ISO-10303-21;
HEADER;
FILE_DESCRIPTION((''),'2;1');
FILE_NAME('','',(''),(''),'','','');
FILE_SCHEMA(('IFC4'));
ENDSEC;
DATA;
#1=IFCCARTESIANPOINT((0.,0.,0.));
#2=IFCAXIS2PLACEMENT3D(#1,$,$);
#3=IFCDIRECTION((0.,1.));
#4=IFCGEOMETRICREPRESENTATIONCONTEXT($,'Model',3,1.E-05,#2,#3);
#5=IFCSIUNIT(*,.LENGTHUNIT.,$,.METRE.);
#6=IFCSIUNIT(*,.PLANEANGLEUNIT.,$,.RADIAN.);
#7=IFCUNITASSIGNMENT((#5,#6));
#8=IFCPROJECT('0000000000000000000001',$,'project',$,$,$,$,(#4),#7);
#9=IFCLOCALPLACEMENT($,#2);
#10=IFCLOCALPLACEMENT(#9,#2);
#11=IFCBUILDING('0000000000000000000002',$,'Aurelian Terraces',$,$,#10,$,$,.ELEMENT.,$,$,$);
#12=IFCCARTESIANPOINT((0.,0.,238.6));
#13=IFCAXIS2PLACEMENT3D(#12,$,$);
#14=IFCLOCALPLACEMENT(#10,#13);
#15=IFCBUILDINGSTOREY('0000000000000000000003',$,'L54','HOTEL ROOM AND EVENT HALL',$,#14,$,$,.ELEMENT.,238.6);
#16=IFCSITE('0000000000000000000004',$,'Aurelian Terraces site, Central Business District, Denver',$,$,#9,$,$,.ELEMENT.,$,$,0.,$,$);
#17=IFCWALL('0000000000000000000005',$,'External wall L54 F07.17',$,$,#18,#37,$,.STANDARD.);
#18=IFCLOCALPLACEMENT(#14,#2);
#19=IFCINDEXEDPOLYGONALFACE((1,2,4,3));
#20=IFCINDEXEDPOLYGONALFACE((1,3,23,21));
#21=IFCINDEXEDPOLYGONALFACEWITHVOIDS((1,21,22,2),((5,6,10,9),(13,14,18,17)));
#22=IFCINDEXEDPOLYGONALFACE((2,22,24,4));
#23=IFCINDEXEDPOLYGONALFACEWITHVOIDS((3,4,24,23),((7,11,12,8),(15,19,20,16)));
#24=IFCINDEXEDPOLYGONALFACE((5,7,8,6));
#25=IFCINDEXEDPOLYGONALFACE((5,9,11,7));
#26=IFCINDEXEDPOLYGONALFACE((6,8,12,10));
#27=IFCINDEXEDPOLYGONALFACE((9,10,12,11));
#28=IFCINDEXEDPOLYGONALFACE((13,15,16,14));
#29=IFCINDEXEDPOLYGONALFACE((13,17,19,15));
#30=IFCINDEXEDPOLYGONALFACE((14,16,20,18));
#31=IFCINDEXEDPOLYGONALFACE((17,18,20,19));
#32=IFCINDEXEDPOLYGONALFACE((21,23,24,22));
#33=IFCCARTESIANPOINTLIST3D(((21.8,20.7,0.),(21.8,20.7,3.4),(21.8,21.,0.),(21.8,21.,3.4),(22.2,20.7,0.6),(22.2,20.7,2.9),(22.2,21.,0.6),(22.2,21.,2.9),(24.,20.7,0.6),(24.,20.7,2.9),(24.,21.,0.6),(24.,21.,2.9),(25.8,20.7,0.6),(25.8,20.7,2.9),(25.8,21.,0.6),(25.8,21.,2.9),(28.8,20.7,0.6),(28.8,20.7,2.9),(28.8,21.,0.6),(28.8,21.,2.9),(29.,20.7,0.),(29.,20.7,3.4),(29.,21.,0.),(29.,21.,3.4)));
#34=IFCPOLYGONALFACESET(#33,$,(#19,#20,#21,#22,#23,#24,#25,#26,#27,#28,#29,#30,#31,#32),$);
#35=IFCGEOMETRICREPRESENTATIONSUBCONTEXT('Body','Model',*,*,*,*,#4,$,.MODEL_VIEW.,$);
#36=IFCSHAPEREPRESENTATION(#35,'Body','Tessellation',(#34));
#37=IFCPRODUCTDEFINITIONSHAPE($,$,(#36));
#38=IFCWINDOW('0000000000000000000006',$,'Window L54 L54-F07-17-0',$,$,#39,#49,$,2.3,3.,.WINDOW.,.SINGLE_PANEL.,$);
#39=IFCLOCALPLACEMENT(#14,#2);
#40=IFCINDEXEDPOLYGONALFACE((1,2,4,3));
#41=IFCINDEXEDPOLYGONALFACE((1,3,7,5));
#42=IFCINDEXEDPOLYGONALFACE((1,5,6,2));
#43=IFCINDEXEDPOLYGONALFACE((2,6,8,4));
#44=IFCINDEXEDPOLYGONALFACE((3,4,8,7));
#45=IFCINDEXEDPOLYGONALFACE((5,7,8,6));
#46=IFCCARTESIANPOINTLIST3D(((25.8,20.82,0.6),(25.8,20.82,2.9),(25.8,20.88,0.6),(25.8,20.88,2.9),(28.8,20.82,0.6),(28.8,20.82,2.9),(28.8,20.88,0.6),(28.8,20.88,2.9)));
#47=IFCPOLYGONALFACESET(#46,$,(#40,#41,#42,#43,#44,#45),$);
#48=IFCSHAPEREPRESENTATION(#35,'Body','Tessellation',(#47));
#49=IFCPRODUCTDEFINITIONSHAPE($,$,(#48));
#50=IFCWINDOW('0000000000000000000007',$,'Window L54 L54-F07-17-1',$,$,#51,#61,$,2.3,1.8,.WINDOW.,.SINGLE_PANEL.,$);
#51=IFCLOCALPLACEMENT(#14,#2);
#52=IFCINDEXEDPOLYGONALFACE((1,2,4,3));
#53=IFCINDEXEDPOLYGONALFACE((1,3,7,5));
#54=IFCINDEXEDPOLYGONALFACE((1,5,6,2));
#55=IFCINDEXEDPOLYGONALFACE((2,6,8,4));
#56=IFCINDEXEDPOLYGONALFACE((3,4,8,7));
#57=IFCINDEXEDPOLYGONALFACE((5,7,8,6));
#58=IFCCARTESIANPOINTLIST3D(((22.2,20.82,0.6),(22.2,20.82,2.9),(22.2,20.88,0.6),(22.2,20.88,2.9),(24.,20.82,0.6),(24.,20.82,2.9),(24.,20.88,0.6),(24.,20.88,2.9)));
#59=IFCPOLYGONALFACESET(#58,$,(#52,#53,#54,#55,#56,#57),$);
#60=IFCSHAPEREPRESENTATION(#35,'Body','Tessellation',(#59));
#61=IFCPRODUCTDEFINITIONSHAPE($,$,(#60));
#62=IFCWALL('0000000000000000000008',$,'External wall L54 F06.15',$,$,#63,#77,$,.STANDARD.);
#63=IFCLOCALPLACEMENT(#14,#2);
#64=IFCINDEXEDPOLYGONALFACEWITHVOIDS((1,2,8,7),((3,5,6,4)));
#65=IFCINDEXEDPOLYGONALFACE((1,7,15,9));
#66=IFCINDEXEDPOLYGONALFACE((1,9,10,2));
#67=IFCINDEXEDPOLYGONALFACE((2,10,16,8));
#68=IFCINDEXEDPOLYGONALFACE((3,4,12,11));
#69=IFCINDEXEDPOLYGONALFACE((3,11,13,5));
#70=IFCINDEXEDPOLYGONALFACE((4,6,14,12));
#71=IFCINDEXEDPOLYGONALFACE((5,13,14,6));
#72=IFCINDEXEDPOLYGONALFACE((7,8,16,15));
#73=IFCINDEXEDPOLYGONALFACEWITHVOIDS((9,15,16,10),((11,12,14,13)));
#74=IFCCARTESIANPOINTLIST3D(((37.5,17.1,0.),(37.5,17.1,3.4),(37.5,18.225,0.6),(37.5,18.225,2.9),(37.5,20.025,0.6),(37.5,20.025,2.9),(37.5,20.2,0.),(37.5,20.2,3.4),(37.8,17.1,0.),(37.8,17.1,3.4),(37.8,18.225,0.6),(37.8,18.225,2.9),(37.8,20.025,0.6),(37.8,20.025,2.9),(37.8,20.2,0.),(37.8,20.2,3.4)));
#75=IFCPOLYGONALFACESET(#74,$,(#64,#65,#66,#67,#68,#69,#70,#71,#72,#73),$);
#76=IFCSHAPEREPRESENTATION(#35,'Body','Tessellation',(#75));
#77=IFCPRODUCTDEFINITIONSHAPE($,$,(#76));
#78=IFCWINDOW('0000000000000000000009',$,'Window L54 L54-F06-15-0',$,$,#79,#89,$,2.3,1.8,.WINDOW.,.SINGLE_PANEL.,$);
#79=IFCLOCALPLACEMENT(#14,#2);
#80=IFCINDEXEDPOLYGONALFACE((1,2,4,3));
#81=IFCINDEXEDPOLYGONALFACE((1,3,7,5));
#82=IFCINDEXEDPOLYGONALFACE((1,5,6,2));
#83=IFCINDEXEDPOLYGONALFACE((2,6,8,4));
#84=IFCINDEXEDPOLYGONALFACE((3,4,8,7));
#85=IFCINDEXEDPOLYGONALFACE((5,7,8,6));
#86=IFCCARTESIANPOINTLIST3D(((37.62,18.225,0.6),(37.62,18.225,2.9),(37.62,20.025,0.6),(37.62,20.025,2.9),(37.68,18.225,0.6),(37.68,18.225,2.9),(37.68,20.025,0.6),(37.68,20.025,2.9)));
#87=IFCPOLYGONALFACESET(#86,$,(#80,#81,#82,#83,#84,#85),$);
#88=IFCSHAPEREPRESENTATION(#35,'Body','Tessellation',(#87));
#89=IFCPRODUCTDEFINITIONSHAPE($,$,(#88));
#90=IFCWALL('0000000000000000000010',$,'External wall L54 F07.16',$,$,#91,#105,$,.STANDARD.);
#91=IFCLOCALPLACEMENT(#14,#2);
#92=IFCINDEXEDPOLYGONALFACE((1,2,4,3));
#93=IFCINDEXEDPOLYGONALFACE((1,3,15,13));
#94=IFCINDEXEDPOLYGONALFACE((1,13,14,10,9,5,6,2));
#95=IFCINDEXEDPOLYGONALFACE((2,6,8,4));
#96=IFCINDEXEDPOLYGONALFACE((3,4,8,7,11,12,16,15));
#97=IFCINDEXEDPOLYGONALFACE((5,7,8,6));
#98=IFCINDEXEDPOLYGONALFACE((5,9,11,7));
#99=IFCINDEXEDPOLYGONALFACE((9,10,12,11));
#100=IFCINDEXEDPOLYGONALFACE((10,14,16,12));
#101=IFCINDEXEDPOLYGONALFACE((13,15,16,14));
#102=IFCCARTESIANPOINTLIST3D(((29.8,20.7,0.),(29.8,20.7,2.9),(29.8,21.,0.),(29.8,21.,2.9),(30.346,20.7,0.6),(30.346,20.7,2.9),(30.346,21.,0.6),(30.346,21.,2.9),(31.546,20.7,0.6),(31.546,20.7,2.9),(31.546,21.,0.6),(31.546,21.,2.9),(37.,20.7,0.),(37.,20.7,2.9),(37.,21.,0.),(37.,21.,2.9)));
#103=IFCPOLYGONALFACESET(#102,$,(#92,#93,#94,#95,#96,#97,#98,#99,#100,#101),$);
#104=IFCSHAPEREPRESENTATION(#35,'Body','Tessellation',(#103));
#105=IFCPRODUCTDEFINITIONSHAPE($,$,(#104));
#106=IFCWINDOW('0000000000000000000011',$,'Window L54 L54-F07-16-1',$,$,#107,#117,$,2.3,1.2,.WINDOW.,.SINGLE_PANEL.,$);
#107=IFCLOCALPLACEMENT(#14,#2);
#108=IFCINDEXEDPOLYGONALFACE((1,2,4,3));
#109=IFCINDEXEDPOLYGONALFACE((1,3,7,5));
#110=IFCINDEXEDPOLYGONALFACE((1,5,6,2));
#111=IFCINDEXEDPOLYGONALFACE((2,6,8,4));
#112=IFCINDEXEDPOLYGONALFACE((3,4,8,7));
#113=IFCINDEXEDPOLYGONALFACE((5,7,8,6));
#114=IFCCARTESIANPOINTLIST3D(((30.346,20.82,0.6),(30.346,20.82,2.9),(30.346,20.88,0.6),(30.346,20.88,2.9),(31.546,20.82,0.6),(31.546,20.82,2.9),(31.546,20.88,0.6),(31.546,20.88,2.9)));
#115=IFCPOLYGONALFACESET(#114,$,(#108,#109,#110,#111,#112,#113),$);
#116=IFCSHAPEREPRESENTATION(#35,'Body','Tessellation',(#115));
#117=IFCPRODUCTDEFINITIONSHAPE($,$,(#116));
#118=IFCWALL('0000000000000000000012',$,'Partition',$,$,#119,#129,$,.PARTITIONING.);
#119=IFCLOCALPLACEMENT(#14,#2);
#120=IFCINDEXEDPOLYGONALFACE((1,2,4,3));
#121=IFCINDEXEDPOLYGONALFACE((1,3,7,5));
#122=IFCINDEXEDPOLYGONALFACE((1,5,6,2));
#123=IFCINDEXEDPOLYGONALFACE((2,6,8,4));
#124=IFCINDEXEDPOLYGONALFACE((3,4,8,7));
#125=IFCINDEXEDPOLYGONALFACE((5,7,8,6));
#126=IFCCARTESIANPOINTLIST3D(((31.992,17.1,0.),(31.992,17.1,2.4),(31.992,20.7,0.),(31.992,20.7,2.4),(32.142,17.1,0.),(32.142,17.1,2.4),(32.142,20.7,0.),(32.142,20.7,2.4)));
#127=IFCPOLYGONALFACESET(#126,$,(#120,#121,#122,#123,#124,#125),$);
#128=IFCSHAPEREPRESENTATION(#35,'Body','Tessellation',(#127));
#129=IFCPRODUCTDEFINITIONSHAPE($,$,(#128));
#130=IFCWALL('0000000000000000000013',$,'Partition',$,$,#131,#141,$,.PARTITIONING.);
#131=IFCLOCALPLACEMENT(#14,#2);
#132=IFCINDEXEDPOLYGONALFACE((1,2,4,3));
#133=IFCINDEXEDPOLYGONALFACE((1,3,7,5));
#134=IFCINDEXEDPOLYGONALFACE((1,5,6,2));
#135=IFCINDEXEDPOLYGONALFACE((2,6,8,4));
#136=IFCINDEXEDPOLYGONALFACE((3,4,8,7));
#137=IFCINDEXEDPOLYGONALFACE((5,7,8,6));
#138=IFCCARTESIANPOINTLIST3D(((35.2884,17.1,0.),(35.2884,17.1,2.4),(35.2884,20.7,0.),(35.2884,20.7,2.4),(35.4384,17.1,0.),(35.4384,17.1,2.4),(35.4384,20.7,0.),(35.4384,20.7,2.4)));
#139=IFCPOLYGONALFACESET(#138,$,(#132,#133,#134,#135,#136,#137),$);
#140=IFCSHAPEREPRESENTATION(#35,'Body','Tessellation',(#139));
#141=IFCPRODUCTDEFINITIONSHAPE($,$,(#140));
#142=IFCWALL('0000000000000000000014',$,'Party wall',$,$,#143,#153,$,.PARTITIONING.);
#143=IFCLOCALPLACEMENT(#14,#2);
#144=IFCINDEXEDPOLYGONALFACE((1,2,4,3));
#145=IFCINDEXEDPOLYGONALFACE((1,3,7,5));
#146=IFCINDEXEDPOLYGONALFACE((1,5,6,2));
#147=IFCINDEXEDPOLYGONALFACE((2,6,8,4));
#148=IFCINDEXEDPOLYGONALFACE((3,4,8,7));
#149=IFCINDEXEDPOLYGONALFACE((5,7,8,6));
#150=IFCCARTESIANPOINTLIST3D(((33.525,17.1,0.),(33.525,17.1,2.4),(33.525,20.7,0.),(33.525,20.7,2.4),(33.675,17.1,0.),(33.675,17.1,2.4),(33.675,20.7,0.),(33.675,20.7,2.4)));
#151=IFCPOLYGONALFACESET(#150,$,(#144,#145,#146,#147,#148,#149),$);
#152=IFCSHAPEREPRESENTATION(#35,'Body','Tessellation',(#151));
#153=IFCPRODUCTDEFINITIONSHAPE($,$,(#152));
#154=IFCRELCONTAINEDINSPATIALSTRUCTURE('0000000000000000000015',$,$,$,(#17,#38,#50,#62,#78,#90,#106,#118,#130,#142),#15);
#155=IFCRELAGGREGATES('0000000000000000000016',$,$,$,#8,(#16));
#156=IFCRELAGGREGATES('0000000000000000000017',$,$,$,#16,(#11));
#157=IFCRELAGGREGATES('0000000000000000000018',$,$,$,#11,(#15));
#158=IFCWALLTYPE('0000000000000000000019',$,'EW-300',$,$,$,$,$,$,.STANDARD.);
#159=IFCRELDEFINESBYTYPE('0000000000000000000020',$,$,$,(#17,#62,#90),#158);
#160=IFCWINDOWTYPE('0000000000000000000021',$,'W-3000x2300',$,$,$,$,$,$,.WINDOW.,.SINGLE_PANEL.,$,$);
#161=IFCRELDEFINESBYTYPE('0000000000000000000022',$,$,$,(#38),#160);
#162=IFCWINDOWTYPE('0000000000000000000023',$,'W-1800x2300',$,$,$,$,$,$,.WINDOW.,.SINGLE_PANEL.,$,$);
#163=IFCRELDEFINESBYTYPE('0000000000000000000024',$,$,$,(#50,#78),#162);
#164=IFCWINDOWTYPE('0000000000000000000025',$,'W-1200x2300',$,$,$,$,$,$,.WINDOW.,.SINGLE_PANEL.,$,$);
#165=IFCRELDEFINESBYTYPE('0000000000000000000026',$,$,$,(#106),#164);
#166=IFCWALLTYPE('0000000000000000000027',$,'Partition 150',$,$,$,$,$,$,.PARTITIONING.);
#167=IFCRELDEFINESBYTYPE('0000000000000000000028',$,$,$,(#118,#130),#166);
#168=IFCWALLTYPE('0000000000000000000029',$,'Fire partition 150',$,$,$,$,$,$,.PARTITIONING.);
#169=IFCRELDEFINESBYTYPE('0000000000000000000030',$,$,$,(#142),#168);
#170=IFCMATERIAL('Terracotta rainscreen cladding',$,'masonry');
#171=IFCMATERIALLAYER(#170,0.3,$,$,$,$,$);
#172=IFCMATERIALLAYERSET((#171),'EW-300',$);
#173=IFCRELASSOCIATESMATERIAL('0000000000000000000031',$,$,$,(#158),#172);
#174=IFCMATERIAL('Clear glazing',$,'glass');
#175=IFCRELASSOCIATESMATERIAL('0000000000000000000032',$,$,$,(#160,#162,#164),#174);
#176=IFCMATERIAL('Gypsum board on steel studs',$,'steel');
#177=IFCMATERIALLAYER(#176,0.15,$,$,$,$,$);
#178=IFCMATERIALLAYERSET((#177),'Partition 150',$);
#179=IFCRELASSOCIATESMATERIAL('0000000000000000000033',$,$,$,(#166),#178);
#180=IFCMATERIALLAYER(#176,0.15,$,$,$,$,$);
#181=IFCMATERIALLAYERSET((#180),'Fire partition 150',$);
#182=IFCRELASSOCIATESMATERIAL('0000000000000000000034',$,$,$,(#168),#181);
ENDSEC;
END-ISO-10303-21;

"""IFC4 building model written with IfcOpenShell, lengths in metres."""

from ifc_helpers import new_model, si_unit, direction, frame, frame_2d, origin, place, context, subcontext, project, spatial, rectangle, extrude, source, transform, mapped, material, layer, layer_set, type_object, element, fill, save


model = new_model("IFC4")

# Units and contexts
model_context = context("Model", 3, precision=1e-05, world=origin(), true_north=direction((0.0, 1.0)))
body_context = subcontext(model_context, "Body", "Model", "MODEL_VIEW")
ifc_project = project(units=[si_unit("LENGTHUNIT", "METRE"), si_unit("PLANEANGLEUNIT", "RADIAN")], contexts=[model_context])

# Site, building, storey
site_placement = place(None, origin())
site = spatial("IfcSite", under=ifc_project, at=site_placement, Name="Aurelian Terraces site, Central Business District, Denver", CompositionType="ELEMENT", RefElevation=0.0)
building_placement = place(site_placement, origin())
building = spatial("IfcBuilding", under=site, at=building_placement, Name="Aurelian Terraces", CompositionType="ELEMENT")
storey_placement = place(building_placement, frame((0.0, 0.0, 238.6)))
storey = spatial("IfcBuildingStorey", under=building, at=storey_placement, Name="L54", Description="HOTEL ROOM AND EVENT HALL", CompositionType="ELEMENT", Elevation=238.6)

# Wall, openings, windows
ifc_material_1 = material(Name="Terracotta rainscreen cladding", Category="masonry")
ifc_layer_1 = layer(ifc_material_1, 0.3)
ifc_layer_set_1 = layer_set([ifc_layer_1], Name="EW-300")
wall_type_1 = type_object("IfcWallType", Name="EW-300", PredefinedType="STANDARD", material=ifc_layer_set_1)
shared_shape_1 = source(origin(), body_context, "Body", "SweptSolid", [
    extrude(rectangle(XDim=3.0, YDim=2.3, at=frame_2d((1.5, 1.15))), frame((0.0, 0.16, 0.0), z_axis=(0.0, -1.0, 0.0), x_axis=(1.0, 0.0, 0.0)), (0.0, 0.0, 1.0), 0.32),
])
ifc_material_2 = material(Name="Clear glazing", Category="glass")
window_type_1 = type_object("IfcWindowType", Name="W-3000x2300", PartitioningType="SINGLE_PANEL", PredefinedType="WINDOW", material=ifc_material_2)
shared_shape_2 = source(origin(), body_context, "Body", "SweptSolid", [
    extrude(rectangle(XDim=3.0, YDim=2.3, at=frame_2d((1.5, 1.15))), frame((0.0, 0.03, 0.0), z_axis=(0.0, -1.0, 0.0), x_axis=(1.0, 0.0, 0.0)), (0.0, 0.0, 1.0), 0.06),
])
shared_shape_3 = source(origin(), body_context, "Body", "SweptSolid", [
    extrude(rectangle(XDim=7.2, YDim=0.3, at=frame_2d((3.6, 0.0))), origin(), (0.0, 0.0, 1.0), 3.4),
])
wall_1_placement = place(storey_placement, frame((29.0, 20.85, 0.0), z_axis=(0.0, 0.0, 1.0), x_axis=(-1.0, 0.0, 0.0)))
wall_1 = element("IfcWall", 1, at=wall_1_placement, inside=storey, type_object=wall_type_1, Name="External wall L54 F07.17", PredefinedType="STANDARD", context=body_context, shape_type="MappedRepresentation", body=[
    mapped(shared_shape_3, transform((0.0, 0.0, 0.0), scale=1.0)),
])
opening_1_placement = place(wall_1_placement, frame((0.2, 0.0, 0.6)))
opening_1 = element("IfcOpeningElement", 2, at=opening_1_placement, cuts=wall_1, PredefinedType="OPENING", context=body_context, shape_type="MappedRepresentation", body=[
    mapped(shared_shape_1, transform((0.0, 0.0, 0.0), scale=1.0)),
])
shared_shape_4 = source(origin(), body_context, "Body", "SweptSolid", [
    extrude(rectangle(XDim=1.8, YDim=2.3, at=frame_2d((0.9, 1.15))), frame((0.0, 0.16, 0.0), z_axis=(0.0, -1.0, 0.0), x_axis=(1.0, 0.0, 0.0)), (0.0, 0.0, 1.0), 0.32),
])
opening_2_placement = place(wall_1_placement, frame((5.0, 0.0, 0.6)))
opening_2 = element("IfcOpeningElement", 3, at=opening_2_placement, cuts=wall_1, PredefinedType="OPENING", context=body_context, shape_type="MappedRepresentation", body=[
    mapped(shared_shape_4, transform((0.0, 0.0, 0.0), scale=1.0)),
])
window_1_placement = place(opening_1_placement, origin())
window_1 = element("IfcWindow", 4, at=window_1_placement, inside=storey, type_object=window_type_1, Name="Window L54 L54-F07-17-0", OverallHeight=2.3, OverallWidth=3.0, PartitioningType="SINGLE_PANEL", PredefinedType="WINDOW", context=body_context, shape_type="MappedRepresentation", body=[
    mapped(shared_shape_2, transform((0.0, 0.0, 0.0), scale=1.0)),
])
fill(opening_1, window_1)
window_type_2 = type_object("IfcWindowType", Name="W-1800x2300", PartitioningType="SINGLE_PANEL", PredefinedType="WINDOW", material=ifc_material_2)
shared_shape_5 = source(origin(), body_context, "Body", "SweptSolid", [
    extrude(rectangle(XDim=1.8, YDim=2.3, at=frame_2d((0.9, 1.15))), frame((0.0, 0.03, 0.0), z_axis=(0.0, -1.0, 0.0), x_axis=(1.0, 0.0, 0.0)), (0.0, 0.0, 1.0), 0.06),
])
window_2_placement = place(opening_2_placement, origin())
window_2 = element("IfcWindow", 5, at=window_2_placement, inside=storey, type_object=window_type_2, Name="Window L54 L54-F07-17-1", OverallHeight=2.3, OverallWidth=1.8, PartitioningType="SINGLE_PANEL", PredefinedType="WINDOW", context=body_context, shape_type="MappedRepresentation", body=[
    mapped(shared_shape_5, transform((0.0, 0.0, 0.0), scale=1.0)),
])
fill(opening_2, window_2)

# Walls, openings, windows
shared_shape_6 = source(origin(), body_context, "Body", "SweptSolid", [
    extrude(rectangle(XDim=3.1, YDim=0.3, at=frame_2d((1.55, 0.0))), origin(), (0.0, 0.0, 1.0), 3.4),
])
wall_2_placement = place(storey_placement, frame((37.65, 17.1, 0.0), z_axis=(0.0, 0.0, 1.0), x_axis=(0.0, 1.0, 0.0)))
wall_2 = element("IfcWall", 6, at=wall_2_placement, inside=storey, type_object=wall_type_1, Name="External wall L54 F06.15", PredefinedType="STANDARD", context=body_context, shape_type="MappedRepresentation", body=[
    mapped(shared_shape_6, transform((0.0, 0.0, 0.0), scale=1.0)),
])
opening_3_placement = place(wall_2_placement, frame((1.125, 0.0, 0.6)))
opening_3 = element("IfcOpeningElement", 7, at=opening_3_placement, cuts=wall_2, PredefinedType="OPENING", context=body_context, shape_type="MappedRepresentation", body=[
    mapped(shared_shape_4, transform((0.0, 0.0, 0.0), scale=1.0)),
])
window_3_placement = place(opening_3_placement, origin())
window_3 = element("IfcWindow", 8, at=window_3_placement, inside=storey, type_object=window_type_2, Name="Window L54 L54-F06-15-0", OverallHeight=2.3, OverallWidth=1.8, PartitioningType="SINGLE_PANEL", PredefinedType="WINDOW", context=body_context, shape_type="MappedRepresentation", body=[
    mapped(shared_shape_5, transform((0.0, 0.0, 0.0), scale=1.0)),
])
fill(opening_3, window_3)
shared_shape_7 = source(origin(), body_context, "Body", "SweptSolid", [
    extrude(rectangle(XDim=7.2, YDim=0.3, at=frame_2d((3.6, 0.0))), origin(), (0.0, 0.0, 1.0), 2.9),
])
wall_3_placement = place(storey_placement, frame((37.0, 20.85, 0.0), z_axis=(0.0, 0.0, 1.0), x_axis=(-1.0, 0.0, 0.0)))
wall_3 = element("IfcWall", 9, at=wall_3_placement, inside=storey, type_object=wall_type_1, Name="External wall L54 F07.16", PredefinedType="STANDARD", context=body_context, shape_type="MappedRepresentation", body=[
    mapped(shared_shape_7, transform((0.0, 0.0, 0.0), scale=1.0)),
])
shared_shape_8 = source(origin(), body_context, "Body", "SweptSolid", [
    extrude(rectangle(XDim=1.2, YDim=2.3, at=frame_2d((0.6, 1.15))), frame((0.0, 0.16, 0.0), z_axis=(0.0, -1.0, 0.0), x_axis=(1.0, 0.0, 0.0)), (0.0, 0.0, 1.0), 0.32),
])
opening_4_placement = place(wall_3_placement, frame((5.454, 0.0, 0.6)))
opening_4 = element("IfcOpeningElement", 10, at=opening_4_placement, cuts=wall_3, PredefinedType="OPENING", context=body_context, shape_type="MappedRepresentation", body=[
    mapped(shared_shape_8, transform((0.0, 0.0, 0.0), scale=1.0)),
])
window_type_3 = type_object("IfcWindowType", Name="W-1200x2300", PartitioningType="SINGLE_PANEL", PredefinedType="WINDOW", material=ifc_material_2)
shared_shape_9 = source(origin(), body_context, "Body", "SweptSolid", [
    extrude(rectangle(XDim=1.2, YDim=2.3, at=frame_2d((0.6, 1.15))), frame((0.0, 0.03, 0.0), z_axis=(0.0, -1.0, 0.0), x_axis=(1.0, 0.0, 0.0)), (0.0, 0.0, 1.0), 0.06),
])
window_4_placement = place(opening_4_placement, origin())
window_4 = element("IfcWindow", 11, at=window_4_placement, inside=storey, type_object=window_type_3, Name="Window L54 L54-F07-16-1", OverallHeight=2.3, OverallWidth=1.2, PartitioningType="SINGLE_PANEL", PredefinedType="WINDOW", context=body_context, shape_type="MappedRepresentation", body=[
    mapped(shared_shape_9, transform((0.0, 0.0, 0.0), scale=1.0)),
])
fill(opening_4, window_4)

# Walls
ifc_material_3 = material(Name="Gypsum board on steel studs", Category="steel")
ifc_layer_2 = layer(ifc_material_3, 0.15)
ifc_layer_set_2 = layer_set([ifc_layer_2], Name="Partition 150")
wall_type_2 = type_object("IfcWallType", Name="Partition 150", PredefinedType="PARTITIONING", material=ifc_layer_set_2)
shared_shape_10 = source(origin(), body_context, "Body", "SweptSolid", [
    extrude(rectangle(XDim=3.6, YDim=0.15, at=frame_2d((1.8, 0.0))), origin(), (0.0, 0.0, 1.0), 2.4),
])
for number, where, z_axis, x_axis, name in (
    (12, (32.067, 20.7, 0.0), (0.0, 0.0, 1.0), (0.0, -1.0, 0.0), "Partition"),
    (13, (35.3634, 20.7, 0.0), (0.0, 0.0, 1.0), (0.0, -1.0, 0.0), "Partition"),
):
    element("IfcWall", number, at=place(storey_placement, frame(where, z_axis=z_axis, x_axis=x_axis)), inside=storey, type_object=wall_type_2, Name=name, PredefinedType="PARTITIONING", context=body_context, shape_type="MappedRepresentation", body=[
        mapped(shared_shape_10, transform((0.0, 0.0, 0.0), scale=1.0)),
    ])
ifc_layer_3 = layer(ifc_material_3, 0.15)
ifc_layer_set_3 = layer_set([ifc_layer_3], Name="Fire partition 150")
wall_type_3 = type_object("IfcWallType", Name="Fire partition 150", PredefinedType="PARTITIONING", material=ifc_layer_set_3)
wall_4_placement = place(storey_placement, frame((33.6, 17.1, 0.0), z_axis=(0.0, 0.0, 1.0), x_axis=(0.0, 1.0, 0.0)))
element("IfcWall", 14, at=wall_4_placement, inside=storey, type_object=wall_type_3, Name="Party wall", PredefinedType="PARTITIONING", context=body_context, shape_type="MappedRepresentation", body=[
    mapped(shared_shape_10, transform((0.0, 0.0, 0.0), scale=1.0)),
])

save(model, "model.ifc")
